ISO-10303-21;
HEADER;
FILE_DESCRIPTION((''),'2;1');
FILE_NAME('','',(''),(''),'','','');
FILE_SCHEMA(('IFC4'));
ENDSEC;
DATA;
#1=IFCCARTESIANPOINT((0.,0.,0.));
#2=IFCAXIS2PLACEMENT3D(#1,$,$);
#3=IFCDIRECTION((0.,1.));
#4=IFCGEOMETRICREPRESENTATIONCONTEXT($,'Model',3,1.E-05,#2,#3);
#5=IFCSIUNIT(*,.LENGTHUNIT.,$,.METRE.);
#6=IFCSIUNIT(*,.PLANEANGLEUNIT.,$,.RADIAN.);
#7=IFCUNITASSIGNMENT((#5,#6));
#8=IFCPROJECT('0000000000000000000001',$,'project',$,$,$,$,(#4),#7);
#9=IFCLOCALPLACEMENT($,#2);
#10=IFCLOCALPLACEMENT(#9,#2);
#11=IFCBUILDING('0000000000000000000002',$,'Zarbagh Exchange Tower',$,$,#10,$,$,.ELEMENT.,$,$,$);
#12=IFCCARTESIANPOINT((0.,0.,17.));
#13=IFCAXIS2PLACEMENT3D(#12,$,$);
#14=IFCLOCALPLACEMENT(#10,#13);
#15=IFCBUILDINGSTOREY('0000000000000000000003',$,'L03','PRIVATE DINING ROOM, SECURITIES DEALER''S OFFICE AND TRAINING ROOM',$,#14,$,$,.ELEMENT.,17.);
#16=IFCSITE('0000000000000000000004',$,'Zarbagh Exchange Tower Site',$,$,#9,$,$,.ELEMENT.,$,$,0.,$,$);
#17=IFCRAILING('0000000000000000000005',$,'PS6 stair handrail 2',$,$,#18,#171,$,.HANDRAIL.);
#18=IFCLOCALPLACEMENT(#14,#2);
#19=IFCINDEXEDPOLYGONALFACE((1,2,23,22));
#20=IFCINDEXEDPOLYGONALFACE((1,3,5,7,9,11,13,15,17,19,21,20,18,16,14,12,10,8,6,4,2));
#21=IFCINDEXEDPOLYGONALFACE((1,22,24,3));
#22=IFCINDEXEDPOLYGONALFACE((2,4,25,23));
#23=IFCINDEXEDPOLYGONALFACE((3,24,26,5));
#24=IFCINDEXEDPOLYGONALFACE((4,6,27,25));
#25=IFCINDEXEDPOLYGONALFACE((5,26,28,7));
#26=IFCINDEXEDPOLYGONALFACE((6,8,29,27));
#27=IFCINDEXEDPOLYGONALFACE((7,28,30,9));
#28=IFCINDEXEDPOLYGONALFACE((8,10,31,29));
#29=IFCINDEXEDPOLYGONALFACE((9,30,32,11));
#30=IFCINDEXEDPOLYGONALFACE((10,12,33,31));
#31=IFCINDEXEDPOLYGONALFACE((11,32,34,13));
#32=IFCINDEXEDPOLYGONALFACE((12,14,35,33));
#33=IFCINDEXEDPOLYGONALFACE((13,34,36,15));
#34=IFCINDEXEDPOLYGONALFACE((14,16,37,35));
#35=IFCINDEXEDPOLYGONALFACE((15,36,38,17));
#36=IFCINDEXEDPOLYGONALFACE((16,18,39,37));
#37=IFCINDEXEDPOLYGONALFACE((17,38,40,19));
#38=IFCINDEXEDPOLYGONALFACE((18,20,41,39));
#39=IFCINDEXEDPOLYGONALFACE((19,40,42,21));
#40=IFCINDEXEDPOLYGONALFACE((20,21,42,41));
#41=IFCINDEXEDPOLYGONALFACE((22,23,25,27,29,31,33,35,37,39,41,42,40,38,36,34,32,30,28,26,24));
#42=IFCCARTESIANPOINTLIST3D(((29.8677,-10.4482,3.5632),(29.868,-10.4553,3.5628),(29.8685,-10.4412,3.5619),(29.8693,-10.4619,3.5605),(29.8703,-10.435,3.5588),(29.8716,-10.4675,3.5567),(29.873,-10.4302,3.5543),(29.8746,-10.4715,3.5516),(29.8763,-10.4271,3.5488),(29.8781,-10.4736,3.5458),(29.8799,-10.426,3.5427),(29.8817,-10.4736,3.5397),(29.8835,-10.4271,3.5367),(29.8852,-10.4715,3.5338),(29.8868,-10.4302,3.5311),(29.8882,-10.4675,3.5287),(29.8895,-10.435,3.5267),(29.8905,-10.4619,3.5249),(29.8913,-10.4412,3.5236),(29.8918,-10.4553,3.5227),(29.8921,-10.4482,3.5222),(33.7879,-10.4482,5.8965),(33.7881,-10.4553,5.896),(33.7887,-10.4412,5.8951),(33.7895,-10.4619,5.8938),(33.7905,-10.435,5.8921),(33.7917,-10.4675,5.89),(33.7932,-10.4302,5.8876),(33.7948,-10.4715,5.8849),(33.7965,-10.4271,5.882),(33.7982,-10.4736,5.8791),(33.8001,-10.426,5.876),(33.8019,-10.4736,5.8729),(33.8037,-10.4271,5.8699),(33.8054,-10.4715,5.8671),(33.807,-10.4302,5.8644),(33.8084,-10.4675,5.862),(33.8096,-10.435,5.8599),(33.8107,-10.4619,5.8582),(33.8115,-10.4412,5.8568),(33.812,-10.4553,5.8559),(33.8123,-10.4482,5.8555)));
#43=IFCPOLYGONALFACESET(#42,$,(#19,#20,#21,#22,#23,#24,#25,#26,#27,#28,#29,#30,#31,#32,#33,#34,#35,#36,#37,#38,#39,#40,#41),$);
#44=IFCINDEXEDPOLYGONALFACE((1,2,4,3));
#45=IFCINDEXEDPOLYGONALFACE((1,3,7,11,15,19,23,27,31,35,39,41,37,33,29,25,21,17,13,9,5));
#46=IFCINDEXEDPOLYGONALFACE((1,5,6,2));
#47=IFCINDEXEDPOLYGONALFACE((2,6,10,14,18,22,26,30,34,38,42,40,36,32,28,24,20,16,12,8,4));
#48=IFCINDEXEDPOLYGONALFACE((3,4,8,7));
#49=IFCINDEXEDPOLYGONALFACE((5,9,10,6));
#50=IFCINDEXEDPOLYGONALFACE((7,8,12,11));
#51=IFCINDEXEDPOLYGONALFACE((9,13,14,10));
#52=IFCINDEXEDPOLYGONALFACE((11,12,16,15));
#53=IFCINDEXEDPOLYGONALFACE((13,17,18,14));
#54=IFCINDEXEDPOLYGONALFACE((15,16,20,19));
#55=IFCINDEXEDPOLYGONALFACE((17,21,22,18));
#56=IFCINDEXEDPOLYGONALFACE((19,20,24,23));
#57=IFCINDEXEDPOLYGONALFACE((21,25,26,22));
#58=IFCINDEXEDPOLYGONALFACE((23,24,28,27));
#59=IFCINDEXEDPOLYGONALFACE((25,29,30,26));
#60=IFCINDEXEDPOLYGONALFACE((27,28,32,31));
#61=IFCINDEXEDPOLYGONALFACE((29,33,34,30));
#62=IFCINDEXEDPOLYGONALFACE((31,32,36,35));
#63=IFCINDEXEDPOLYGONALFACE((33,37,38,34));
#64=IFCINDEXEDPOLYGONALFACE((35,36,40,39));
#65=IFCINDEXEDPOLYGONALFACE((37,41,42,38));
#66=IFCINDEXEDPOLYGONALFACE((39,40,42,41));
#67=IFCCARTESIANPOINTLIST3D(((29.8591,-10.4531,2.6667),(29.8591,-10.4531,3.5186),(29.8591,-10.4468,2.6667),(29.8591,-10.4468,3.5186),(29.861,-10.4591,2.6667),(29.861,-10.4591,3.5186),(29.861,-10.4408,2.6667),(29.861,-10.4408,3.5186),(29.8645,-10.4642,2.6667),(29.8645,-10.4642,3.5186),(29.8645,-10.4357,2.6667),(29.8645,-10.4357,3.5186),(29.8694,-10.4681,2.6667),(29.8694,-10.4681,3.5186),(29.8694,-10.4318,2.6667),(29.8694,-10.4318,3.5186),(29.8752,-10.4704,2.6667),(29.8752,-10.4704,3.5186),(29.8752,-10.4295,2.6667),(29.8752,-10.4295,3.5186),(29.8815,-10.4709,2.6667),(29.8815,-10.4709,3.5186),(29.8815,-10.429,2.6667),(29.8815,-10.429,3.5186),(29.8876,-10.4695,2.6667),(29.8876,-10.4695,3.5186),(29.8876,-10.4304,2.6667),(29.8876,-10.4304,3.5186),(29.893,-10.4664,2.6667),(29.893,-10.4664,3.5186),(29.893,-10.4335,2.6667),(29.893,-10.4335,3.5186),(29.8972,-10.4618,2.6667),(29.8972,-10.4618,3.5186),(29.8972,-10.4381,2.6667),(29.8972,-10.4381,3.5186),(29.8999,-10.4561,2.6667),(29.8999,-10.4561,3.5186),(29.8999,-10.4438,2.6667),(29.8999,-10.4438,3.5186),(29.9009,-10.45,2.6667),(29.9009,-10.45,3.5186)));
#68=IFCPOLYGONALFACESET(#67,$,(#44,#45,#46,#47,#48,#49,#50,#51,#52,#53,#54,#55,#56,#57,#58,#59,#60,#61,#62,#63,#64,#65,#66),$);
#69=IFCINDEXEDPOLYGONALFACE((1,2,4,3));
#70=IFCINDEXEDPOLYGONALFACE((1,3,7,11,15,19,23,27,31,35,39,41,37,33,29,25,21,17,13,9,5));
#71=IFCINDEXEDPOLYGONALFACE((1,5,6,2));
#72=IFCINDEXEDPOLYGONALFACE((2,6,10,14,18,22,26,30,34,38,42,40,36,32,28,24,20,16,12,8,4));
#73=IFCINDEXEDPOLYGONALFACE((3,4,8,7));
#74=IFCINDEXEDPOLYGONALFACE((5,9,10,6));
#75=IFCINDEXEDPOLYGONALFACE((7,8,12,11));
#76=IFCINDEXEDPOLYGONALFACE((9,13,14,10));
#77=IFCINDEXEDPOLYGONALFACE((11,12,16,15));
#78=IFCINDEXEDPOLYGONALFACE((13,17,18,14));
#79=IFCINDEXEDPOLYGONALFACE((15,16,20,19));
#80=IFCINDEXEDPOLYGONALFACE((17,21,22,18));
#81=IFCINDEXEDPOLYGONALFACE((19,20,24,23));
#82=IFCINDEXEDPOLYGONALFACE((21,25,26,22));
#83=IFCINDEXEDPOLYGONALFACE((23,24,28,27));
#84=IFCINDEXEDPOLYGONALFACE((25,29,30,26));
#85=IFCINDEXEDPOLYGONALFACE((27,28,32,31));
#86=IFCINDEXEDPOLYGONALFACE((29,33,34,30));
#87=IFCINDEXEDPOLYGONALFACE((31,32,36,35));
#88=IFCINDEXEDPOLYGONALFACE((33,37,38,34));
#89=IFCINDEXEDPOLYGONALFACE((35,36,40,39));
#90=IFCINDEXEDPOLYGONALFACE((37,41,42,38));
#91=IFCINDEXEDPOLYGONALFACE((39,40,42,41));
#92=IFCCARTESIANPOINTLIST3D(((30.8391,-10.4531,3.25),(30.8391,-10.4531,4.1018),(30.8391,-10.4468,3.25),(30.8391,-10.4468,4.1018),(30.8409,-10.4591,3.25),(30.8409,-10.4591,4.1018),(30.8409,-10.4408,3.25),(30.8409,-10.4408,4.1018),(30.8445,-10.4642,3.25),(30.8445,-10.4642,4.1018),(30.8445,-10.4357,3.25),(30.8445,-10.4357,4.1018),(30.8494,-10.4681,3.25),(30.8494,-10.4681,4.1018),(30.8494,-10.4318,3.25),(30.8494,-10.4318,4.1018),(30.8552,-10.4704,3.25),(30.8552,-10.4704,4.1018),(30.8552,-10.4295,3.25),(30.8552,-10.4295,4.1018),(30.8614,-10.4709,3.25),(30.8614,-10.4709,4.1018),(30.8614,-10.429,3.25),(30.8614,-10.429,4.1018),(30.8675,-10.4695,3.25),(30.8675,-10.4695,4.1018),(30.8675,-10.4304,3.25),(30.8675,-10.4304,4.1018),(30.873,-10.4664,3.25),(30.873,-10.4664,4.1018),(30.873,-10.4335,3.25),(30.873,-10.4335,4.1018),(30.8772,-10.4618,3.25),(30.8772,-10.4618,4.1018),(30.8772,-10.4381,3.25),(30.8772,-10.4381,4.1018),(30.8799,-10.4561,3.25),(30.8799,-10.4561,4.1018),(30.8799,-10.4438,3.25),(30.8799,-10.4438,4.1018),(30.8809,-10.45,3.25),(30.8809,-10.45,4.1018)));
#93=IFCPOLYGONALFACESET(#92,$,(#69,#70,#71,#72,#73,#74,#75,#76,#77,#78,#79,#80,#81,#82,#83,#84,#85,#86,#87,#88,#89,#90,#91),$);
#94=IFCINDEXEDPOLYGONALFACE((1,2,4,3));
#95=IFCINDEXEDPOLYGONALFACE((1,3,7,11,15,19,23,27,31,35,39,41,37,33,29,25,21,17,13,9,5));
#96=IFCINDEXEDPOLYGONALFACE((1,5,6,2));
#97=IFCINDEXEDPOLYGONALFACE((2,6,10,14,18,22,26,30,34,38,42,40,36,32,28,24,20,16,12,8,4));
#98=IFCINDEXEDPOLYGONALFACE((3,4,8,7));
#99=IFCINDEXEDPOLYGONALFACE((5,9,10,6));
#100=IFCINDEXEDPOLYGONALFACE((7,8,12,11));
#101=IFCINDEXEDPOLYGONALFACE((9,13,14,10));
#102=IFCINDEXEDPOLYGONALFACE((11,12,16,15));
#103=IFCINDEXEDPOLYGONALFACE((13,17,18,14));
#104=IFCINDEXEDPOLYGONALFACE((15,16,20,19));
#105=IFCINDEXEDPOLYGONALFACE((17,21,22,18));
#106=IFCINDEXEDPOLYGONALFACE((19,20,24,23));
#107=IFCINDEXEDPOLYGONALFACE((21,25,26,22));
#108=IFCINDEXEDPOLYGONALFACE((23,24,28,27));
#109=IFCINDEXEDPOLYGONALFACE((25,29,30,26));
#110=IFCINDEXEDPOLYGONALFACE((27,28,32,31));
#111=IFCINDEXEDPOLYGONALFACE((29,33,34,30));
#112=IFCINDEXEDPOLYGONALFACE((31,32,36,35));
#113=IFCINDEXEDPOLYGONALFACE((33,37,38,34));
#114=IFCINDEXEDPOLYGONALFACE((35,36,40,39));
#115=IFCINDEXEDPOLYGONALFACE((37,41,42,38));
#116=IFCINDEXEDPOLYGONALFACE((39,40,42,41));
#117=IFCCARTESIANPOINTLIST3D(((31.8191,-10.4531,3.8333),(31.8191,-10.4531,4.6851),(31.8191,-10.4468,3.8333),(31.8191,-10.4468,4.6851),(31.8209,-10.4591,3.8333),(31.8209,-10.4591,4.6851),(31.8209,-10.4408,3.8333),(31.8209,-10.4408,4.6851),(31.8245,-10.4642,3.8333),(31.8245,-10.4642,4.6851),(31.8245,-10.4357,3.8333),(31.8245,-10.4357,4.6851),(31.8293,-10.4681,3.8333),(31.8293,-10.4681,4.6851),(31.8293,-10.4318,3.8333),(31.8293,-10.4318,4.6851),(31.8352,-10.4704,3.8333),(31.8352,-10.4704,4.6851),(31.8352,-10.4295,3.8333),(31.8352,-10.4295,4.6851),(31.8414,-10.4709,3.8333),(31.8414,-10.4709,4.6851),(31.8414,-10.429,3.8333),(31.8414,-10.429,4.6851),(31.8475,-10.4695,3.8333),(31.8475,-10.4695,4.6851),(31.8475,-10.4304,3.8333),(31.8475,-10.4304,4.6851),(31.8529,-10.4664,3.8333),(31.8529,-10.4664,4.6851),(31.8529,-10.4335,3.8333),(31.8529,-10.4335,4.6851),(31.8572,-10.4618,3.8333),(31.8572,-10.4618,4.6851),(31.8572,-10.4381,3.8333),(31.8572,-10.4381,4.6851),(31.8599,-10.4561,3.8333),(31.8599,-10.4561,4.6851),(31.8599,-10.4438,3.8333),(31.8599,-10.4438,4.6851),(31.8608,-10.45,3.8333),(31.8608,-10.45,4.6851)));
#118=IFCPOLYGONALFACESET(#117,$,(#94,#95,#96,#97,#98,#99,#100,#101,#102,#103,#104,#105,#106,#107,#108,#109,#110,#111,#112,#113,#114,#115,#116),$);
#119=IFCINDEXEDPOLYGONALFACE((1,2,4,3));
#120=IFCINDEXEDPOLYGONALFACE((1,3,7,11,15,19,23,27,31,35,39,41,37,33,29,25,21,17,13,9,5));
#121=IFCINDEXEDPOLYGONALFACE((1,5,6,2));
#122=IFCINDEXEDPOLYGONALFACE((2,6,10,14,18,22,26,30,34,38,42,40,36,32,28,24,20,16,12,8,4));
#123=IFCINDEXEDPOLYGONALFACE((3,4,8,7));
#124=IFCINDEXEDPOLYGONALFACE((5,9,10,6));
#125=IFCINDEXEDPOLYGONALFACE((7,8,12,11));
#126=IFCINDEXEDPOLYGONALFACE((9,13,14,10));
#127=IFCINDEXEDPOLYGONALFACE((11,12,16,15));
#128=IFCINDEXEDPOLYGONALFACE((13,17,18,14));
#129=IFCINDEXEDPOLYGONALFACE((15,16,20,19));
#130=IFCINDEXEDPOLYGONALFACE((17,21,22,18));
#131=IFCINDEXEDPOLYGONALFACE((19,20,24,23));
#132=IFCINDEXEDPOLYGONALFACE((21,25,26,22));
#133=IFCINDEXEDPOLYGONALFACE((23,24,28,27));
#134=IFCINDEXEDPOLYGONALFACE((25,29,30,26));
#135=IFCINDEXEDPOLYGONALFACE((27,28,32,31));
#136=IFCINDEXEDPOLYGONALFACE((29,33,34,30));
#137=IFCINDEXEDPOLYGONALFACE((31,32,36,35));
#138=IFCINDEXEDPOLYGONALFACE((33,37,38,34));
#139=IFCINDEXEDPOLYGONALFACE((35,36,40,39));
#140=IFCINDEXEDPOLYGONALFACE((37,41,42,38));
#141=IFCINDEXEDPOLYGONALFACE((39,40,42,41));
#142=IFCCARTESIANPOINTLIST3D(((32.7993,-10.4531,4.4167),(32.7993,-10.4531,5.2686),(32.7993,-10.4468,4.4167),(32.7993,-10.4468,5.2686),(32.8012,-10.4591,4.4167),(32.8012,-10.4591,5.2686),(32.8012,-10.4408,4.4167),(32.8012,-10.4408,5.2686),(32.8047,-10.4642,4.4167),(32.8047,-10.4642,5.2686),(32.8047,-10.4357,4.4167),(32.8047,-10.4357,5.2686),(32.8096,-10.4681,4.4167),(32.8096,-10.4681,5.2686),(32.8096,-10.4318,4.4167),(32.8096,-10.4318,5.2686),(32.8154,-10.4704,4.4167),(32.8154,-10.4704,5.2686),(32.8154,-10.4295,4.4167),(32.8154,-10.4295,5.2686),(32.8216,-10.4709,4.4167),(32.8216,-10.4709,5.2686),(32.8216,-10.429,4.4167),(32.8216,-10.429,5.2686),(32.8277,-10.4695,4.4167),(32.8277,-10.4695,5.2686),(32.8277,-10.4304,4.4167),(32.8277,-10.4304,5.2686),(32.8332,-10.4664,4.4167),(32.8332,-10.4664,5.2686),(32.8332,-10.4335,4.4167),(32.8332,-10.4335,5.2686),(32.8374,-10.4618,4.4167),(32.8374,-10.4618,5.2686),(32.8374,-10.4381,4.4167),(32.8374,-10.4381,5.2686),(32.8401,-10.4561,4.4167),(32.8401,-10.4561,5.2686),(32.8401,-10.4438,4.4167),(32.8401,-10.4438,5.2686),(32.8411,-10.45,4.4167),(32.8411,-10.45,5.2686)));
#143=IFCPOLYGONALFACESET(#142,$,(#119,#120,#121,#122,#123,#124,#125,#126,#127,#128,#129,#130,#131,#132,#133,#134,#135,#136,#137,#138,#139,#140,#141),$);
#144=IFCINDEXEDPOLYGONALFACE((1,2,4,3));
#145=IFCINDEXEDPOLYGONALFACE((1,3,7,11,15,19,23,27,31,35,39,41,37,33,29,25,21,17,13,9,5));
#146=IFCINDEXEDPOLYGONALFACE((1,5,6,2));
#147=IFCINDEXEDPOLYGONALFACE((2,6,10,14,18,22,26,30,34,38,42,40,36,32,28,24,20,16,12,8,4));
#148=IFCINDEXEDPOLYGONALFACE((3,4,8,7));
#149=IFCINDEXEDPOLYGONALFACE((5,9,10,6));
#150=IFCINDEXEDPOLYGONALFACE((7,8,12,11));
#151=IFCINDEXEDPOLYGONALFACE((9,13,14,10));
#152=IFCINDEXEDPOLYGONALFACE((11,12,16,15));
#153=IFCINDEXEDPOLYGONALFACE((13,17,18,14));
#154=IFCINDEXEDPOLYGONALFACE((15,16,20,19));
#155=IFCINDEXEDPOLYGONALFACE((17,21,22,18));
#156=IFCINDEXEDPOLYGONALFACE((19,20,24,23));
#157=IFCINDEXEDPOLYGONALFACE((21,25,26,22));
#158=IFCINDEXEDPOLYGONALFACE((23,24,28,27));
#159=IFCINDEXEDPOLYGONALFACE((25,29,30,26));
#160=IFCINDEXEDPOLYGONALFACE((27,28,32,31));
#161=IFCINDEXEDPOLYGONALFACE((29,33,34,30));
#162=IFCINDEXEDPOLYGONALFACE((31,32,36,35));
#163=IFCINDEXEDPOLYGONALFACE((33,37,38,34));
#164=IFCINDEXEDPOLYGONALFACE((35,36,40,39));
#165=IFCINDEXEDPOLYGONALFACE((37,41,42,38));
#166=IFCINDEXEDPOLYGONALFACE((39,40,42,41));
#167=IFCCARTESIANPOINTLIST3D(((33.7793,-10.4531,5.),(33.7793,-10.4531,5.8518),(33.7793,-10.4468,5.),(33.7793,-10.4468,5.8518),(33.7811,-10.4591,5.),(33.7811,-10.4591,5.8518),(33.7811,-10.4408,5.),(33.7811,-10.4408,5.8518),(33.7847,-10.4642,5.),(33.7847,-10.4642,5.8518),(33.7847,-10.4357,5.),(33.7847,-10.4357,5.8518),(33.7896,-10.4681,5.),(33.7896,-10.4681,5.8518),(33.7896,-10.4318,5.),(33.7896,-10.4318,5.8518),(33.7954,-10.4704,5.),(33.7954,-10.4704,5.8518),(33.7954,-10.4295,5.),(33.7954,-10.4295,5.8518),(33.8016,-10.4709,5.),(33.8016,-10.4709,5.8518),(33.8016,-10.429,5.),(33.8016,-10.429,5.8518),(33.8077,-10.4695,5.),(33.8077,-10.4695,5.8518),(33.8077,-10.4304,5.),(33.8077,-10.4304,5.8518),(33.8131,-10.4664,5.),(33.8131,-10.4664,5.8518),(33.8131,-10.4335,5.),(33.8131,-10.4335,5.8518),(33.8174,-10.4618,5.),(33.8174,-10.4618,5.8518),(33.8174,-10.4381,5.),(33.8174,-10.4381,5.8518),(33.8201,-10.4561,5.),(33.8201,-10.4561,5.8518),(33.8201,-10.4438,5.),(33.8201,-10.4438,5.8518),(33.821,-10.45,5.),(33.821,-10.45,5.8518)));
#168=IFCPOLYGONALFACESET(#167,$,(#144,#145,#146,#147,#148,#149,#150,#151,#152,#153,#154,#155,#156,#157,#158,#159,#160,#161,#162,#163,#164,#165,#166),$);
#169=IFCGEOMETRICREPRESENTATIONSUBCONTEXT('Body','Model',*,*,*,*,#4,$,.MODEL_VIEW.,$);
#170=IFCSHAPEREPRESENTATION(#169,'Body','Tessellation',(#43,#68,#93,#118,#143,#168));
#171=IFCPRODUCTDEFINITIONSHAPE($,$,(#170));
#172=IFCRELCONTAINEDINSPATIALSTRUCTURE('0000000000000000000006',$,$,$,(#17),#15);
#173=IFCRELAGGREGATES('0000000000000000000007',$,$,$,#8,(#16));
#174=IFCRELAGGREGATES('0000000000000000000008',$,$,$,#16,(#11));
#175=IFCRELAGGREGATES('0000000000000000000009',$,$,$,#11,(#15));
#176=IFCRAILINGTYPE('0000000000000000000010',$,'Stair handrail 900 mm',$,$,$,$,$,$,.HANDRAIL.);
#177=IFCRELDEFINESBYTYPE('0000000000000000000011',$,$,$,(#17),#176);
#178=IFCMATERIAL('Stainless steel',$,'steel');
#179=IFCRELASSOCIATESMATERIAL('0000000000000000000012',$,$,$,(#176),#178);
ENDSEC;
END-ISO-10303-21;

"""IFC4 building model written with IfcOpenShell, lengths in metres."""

from ifc_helpers import new_model, si_unit, direction, frame, origin, origin_2d, place, context, subcontext, project, spatial, circle, extrude, material, type_object, element, save


model = new_model("IFC4")

# Units and contexts
model_context = context("Model", 3, precision=1e-05, world=origin(), true_north=direction((0.0, 1.0)))
body_context = subcontext(model_context, "Body", "Model", "MODEL_VIEW")
ifc_project = project(units=[si_unit("LENGTHUNIT", "METRE"), si_unit("PLANEANGLEUNIT", "RADIAN")], contexts=[model_context])

# Site, building, storey
site_placement = place(None, origin())
site = spatial("IfcSite", under=ifc_project, at=site_placement, Name="Zarbagh Exchange Tower Site", CompositionType="ELEMENT", RefElevation=0.0)
building_placement = place(site_placement, origin())
building = spatial("IfcBuilding", under=site, at=building_placement, Name="Zarbagh Exchange Tower", CompositionType="ELEMENT")
storey_placement = place(building_placement, frame((0.0, 0.0, 17.0)))
storey = spatial("IfcBuildingStorey", under=building, at=storey_placement, Name="L03", Description="PRIVATE DINING ROOM, SECURITIES DEALER'S OFFICE AND TRAINING ROOM", CompositionType="ELEMENT", Elevation=17.0)

# Railing
ifc_material_1 = material(Name="Stainless steel", Category="steel")
railing_type_1 = type_object("IfcRailingType", Name="Stair handrail 900 mm", PredefinedType="HANDRAIL", material=ifc_material_1)
railing_1_placement = place(storey_placement, frame((29.8799, -10.45, 2.6667)))
element("IfcRailing", 1, at=railing_1_placement, inside=storey, type_object=railing_type_1, Name="PS6 stair handrail 2", PredefinedType="HANDRAIL", context=body_context, shape_type="SweptSolid", body=[
    extrude(circle(Radius=0.0239, at=origin_2d()), frame((0.0, 0.0, 0.876), z_axis=(0.85931, 0.0, 0.511455), x_axis=(0.0, 1.0, 0.0)), (0.0, 0.0, 1.0), 4.562),
    extrude(circle(Radius=0.021, at=origin_2d()), origin(), (0.0, 0.0, 1.0), 0.8518),
    extrude(circle(Radius=0.021, at=origin_2d()), frame((0.98, 0.0, 0.5833)), (0.0, 0.0, 1.0), 0.8518),
    extrude(circle(Radius=0.021, at=origin_2d()), frame((1.96, 0.0, 1.1665)), (0.0, 0.0, 1.0), 0.8518),
    extrude(circle(Radius=0.021, at=origin_2d()), frame((2.9402, 0.0, 1.75)), (0.0, 0.0, 1.0), 0.8518),
    extrude(circle(Radius=0.021, at=origin_2d()), frame((3.9202, 0.0, 2.3333)), (0.0, 0.0, 1.0), 0.8518),
])

save(model, "model.ifc")
